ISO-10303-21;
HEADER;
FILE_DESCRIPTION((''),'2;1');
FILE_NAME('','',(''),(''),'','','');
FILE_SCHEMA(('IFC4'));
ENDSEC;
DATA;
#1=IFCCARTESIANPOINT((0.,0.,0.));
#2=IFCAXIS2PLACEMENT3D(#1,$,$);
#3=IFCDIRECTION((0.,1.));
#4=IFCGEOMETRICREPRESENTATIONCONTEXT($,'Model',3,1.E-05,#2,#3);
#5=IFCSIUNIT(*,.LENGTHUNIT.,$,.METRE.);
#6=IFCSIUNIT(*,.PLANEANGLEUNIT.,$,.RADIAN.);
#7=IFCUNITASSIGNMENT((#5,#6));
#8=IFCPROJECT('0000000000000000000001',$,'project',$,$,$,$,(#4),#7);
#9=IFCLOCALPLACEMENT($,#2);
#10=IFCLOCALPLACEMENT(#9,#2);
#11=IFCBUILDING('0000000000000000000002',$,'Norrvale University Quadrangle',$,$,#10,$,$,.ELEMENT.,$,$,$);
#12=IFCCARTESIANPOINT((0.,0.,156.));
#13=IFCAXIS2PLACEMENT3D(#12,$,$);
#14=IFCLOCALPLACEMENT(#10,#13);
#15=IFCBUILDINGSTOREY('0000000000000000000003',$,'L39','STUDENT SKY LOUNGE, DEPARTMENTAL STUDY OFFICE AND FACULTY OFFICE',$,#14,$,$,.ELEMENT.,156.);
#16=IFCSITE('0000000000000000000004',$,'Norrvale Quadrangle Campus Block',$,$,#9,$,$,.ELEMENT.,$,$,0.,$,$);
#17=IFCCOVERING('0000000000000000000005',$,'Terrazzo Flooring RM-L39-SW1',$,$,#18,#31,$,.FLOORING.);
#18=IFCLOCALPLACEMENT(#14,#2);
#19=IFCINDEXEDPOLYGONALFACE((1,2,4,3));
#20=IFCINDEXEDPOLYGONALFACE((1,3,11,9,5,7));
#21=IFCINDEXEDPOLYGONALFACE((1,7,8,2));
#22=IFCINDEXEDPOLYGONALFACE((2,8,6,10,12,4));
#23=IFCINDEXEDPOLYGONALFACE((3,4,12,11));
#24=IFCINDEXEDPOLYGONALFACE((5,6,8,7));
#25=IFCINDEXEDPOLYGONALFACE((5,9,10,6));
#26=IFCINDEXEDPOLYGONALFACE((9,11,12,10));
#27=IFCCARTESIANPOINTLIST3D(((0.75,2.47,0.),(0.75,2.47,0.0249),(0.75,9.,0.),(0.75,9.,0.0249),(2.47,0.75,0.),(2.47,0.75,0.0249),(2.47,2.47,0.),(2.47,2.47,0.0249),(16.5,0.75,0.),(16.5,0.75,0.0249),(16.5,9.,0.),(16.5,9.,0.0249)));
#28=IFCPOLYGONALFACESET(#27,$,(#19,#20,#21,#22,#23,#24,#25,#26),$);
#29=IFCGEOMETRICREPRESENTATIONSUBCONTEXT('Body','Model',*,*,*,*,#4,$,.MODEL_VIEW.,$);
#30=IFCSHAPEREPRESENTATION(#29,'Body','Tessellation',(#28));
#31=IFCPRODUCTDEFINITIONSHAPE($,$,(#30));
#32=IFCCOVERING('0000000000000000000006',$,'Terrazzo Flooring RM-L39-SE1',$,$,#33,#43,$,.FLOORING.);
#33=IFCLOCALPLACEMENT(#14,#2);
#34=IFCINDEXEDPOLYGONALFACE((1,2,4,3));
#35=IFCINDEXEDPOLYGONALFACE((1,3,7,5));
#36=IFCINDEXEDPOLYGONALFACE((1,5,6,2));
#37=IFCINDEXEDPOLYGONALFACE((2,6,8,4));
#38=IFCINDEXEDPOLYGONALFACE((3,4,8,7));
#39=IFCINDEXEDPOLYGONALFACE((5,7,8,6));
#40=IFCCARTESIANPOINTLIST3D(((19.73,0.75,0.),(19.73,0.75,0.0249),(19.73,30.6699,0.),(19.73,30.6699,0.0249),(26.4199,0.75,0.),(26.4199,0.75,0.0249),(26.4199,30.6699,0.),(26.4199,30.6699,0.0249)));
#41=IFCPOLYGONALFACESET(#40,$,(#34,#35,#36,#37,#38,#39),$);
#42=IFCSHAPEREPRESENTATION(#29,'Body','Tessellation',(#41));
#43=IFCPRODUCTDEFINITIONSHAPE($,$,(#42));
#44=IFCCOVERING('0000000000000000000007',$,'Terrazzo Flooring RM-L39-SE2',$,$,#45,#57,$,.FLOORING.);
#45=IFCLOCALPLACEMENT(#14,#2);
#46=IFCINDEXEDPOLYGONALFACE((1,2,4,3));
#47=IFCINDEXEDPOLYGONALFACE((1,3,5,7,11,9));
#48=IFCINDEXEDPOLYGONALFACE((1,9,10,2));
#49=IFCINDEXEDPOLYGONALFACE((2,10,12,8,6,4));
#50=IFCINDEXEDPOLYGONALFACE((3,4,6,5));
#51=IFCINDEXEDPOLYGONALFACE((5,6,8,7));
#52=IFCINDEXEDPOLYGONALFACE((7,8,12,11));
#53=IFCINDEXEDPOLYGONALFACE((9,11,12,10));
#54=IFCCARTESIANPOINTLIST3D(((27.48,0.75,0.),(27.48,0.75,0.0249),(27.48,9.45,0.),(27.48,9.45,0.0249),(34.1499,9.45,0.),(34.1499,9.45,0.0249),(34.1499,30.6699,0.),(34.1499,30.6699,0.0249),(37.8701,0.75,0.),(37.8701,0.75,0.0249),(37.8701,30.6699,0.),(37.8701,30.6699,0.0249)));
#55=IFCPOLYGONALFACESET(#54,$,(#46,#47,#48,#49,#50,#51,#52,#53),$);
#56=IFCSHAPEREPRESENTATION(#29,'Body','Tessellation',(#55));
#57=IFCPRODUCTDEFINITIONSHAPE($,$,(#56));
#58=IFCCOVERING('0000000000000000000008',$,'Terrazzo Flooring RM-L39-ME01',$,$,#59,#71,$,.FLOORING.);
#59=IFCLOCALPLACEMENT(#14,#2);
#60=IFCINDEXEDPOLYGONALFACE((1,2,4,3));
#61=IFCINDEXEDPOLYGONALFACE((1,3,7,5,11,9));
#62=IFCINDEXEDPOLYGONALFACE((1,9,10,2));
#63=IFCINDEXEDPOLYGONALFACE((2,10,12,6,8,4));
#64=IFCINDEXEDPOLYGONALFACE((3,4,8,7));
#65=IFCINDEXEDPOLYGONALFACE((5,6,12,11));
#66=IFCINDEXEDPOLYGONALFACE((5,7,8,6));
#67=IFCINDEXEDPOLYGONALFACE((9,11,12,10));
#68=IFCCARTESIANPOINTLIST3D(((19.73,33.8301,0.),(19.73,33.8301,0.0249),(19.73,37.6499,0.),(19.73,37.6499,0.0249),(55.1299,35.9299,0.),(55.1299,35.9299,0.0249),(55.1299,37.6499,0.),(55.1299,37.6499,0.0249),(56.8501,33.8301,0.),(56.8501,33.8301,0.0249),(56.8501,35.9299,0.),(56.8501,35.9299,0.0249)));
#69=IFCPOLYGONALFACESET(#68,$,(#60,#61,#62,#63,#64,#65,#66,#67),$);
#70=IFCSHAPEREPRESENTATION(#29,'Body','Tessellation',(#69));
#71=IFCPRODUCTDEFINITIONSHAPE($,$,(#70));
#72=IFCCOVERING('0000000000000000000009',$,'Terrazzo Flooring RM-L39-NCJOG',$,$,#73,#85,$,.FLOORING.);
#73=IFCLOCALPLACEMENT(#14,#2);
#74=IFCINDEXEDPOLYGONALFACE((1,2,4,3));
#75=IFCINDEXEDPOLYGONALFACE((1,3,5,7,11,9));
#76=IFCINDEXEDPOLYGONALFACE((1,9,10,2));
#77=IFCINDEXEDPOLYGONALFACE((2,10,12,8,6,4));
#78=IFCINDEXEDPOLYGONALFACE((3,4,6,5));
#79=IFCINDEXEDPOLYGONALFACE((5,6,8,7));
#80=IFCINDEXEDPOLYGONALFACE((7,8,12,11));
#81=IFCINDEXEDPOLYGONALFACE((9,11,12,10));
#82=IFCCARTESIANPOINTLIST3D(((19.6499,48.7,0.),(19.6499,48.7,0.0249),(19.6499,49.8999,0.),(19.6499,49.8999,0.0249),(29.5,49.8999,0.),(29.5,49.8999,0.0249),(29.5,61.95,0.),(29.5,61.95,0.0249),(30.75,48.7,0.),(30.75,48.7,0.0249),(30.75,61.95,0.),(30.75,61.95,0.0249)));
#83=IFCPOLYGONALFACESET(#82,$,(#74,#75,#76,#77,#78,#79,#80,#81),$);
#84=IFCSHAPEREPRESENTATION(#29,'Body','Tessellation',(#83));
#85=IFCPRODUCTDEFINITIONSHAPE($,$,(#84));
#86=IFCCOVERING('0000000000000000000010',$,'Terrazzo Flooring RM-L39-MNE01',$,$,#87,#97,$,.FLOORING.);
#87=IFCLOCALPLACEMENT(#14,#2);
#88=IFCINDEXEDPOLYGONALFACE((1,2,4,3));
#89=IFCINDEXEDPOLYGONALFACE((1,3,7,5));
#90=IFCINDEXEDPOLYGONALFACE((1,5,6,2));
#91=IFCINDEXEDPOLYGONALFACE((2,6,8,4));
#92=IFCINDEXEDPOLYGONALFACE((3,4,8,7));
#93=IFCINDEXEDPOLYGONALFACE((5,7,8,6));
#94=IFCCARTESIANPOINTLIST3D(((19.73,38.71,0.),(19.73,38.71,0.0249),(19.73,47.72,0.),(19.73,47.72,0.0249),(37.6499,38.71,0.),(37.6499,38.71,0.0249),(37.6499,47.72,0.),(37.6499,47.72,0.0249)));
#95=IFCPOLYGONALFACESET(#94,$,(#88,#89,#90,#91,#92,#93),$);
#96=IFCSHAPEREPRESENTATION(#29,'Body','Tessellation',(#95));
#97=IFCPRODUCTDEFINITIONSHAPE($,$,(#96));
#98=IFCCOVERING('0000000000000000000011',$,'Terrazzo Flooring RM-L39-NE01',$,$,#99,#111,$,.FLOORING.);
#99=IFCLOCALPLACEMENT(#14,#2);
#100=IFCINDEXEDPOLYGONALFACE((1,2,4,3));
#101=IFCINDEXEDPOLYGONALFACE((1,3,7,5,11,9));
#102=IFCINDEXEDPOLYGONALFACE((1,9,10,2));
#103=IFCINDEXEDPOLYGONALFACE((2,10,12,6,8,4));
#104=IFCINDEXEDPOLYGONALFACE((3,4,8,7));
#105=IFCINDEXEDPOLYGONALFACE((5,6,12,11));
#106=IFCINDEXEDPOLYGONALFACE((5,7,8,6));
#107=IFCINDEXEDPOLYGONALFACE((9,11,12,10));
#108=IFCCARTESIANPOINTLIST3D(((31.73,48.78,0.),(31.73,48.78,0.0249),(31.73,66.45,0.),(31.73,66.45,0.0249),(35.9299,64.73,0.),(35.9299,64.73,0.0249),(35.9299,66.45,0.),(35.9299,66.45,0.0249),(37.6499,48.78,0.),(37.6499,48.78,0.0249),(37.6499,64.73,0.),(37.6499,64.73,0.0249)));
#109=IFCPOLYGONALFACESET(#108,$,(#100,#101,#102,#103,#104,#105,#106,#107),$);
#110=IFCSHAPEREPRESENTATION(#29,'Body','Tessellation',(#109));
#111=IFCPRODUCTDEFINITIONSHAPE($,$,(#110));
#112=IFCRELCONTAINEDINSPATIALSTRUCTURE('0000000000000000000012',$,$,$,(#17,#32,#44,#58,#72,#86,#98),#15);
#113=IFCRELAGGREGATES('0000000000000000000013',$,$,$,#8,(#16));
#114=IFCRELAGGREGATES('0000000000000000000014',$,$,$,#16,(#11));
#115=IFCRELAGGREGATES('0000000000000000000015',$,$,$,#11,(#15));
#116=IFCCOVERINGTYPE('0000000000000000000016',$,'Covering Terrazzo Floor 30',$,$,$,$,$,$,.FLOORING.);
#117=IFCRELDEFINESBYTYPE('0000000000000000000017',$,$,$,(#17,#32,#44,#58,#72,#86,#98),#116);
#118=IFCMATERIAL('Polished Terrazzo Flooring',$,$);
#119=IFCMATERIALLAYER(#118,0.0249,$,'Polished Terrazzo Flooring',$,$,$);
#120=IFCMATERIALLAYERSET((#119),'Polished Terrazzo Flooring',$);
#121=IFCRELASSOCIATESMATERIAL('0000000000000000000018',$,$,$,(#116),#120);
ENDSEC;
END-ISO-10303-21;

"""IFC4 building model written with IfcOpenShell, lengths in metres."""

from ifc_helpers import new_model, si_unit, direction, frame, origin, place, context, subcontext, project, spatial, polyline, outline, extrude, material, layer, layer_set, type_object, element, save


model = new_model("IFC4")

# Units and contexts
model_context = context("Model", 3, precision=1e-05, world=origin(), true_north=direction((0.0, 1.0)))
body_context = subcontext(model_context, "Body", "Model", "MODEL_VIEW")
ifc_project = project(units=[si_unit("LENGTHUNIT", "METRE"), si_unit("PLANEANGLEUNIT", "RADIAN")], contexts=[model_context])

# Site, building, storey
site_placement = place(None, origin())
site = spatial("IfcSite", under=ifc_project, at=site_placement, Name="Norrvale Quadrangle Campus Block", CompositionType="ELEMENT", RefElevation=0.0)
building_placement = place(site_placement, origin())
building = spatial("IfcBuilding", under=site, at=building_placement, Name="Norrvale University Quadrangle", CompositionType="ELEMENT")
storey_placement = place(building_placement, frame((0.0, 0.0, 156.0)))
storey = spatial("IfcBuildingStorey", under=building, at=storey_placement, Name="L39", Description="STUDENT SKY LOUNGE, DEPARTMENTAL STUDY OFFICE AND FACULTY OFFICE", CompositionType="ELEMENT", Elevation=156.0)

# Coverings
ifc_material_1 = material(Name="Polished Terrazzo Flooring")
ifc_layer_1 = layer(ifc_material_1, 0.0249, Name="Polished Terrazzo Flooring")
ifc_layer_set_1 = layer_set([ifc_layer_1], Name="Polished Terrazzo Flooring")
covering_type_1 = type_object("IfcCoveringType", Name="Covering Terrazzo Floor 30", PredefinedType="FLOORING", material=ifc_layer_set_1)
covering_1_placement = place(storey_placement, origin())
element("IfcCovering", 1, at=covering_1_placement, inside=storey, type_object=covering_type_1, Name="Terrazzo Flooring RM-L39-SW1", PredefinedType="FLOORING", context=body_context, shape_type="SweptSolid", body=[
    extrude(outline(polyline([(0.75, 9.0), (16.5, 9.0), (16.5, 0.75), (2.47, 0.75), (2.47, 2.47), (0.75, 2.47), (0.75, 9.0)])), origin(), (0.0, 0.0, 1.0), 0.0249),
])
covering_2_placement = place(storey_placement, origin())
element("IfcCovering", 2, at=covering_2_placement, inside=storey, type_object=covering_type_1, Name="Terrazzo Flooring RM-L39-SE1", PredefinedType="FLOORING", context=body_context, shape_type="SweptSolid", body=[
    extrude(outline(polyline([(19.73, 30.6699), (26.4199, 30.6699), (26.4199, 0.75), (19.73, 0.75), (19.73, 30.6699)])), origin(), (0.0, 0.0, 1.0), 0.0249),
])
covering_3_placement = place(storey_placement, origin())
element("IfcCovering", 3, at=covering_3_placement, inside=storey, type_object=covering_type_1, Name="Terrazzo Flooring RM-L39-SE2", PredefinedType="FLOORING", context=body_context, shape_type="SweptSolid", body=[
    extrude(outline(polyline([(27.48, 9.45), (34.1499, 9.45), (34.1499, 30.6699), (37.8701, 30.6699), (37.8701, 0.75), (27.48, 0.75), (27.48, 9.45)])), origin(), (0.0, 0.0, 1.0), 0.0249),
])
covering_4_placement = place(storey_placement, origin())
element("IfcCovering", 4, at=covering_4_placement, inside=storey, type_object=covering_type_1, Name="Terrazzo Flooring RM-L39-ME01", PredefinedType="FLOORING", context=body_context, shape_type="SweptSolid", body=[
    extrude(outline(polyline([(56.8501, 33.8301), (19.73, 33.8301), (19.73, 37.6499), (55.1299, 37.6499), (55.1299, 35.9299), (56.8501, 35.9299), (56.8501, 33.8301)])), origin(), (0.0, 0.0, 1.0), 0.0249),
])
covering_5_placement = place(storey_placement, origin())
element("IfcCovering", 5, at=covering_5_placement, inside=storey, type_object=covering_type_1, Name="Terrazzo Flooring RM-L39-NCJOG", PredefinedType="FLOORING", context=body_context, shape_type="SweptSolid", body=[
    extrude(outline(polyline([(19.6499, 48.7), (19.6499, 49.8999), (29.5, 49.8999), (29.5, 61.95), (30.75, 61.95), (30.75, 48.7), (19.6499, 48.7)])), origin(), (0.0, 0.0, 1.0), 0.0249),
])
covering_6_placement = place(storey_placement, origin())
element("IfcCovering", 6, at=covering_6_placement, inside=storey, type_object=covering_type_1, Name="Terrazzo Flooring RM-L39-MNE01", PredefinedType="FLOORING", context=body_context, shape_type="SweptSolid", body=[
    extrude(outline(polyline([(19.73, 47.72), (37.6499, 47.72), (37.6499, 38.71), (19.73, 38.71), (19.73, 47.72)])), origin(), (0.0, 0.0, 1.0), 0.0249),
])
covering_7_placement = place(storey_placement, origin())
element("IfcCovering", 7, at=covering_7_placement, inside=storey, type_object=covering_type_1, Name="Terrazzo Flooring RM-L39-NE01", PredefinedType="FLOORING", context=body_context, shape_type="SweptSolid", body=[
    extrude(outline(polyline([(37.6499, 48.78), (31.73, 48.78), (31.73, 66.45), (35.9299, 66.45), (35.9299, 64.73), (37.6499, 64.73), (37.6499, 48.78)])), origin(), (0.0, 0.0, 1.0), 0.0249),
])

save(model, "model.ifc")
